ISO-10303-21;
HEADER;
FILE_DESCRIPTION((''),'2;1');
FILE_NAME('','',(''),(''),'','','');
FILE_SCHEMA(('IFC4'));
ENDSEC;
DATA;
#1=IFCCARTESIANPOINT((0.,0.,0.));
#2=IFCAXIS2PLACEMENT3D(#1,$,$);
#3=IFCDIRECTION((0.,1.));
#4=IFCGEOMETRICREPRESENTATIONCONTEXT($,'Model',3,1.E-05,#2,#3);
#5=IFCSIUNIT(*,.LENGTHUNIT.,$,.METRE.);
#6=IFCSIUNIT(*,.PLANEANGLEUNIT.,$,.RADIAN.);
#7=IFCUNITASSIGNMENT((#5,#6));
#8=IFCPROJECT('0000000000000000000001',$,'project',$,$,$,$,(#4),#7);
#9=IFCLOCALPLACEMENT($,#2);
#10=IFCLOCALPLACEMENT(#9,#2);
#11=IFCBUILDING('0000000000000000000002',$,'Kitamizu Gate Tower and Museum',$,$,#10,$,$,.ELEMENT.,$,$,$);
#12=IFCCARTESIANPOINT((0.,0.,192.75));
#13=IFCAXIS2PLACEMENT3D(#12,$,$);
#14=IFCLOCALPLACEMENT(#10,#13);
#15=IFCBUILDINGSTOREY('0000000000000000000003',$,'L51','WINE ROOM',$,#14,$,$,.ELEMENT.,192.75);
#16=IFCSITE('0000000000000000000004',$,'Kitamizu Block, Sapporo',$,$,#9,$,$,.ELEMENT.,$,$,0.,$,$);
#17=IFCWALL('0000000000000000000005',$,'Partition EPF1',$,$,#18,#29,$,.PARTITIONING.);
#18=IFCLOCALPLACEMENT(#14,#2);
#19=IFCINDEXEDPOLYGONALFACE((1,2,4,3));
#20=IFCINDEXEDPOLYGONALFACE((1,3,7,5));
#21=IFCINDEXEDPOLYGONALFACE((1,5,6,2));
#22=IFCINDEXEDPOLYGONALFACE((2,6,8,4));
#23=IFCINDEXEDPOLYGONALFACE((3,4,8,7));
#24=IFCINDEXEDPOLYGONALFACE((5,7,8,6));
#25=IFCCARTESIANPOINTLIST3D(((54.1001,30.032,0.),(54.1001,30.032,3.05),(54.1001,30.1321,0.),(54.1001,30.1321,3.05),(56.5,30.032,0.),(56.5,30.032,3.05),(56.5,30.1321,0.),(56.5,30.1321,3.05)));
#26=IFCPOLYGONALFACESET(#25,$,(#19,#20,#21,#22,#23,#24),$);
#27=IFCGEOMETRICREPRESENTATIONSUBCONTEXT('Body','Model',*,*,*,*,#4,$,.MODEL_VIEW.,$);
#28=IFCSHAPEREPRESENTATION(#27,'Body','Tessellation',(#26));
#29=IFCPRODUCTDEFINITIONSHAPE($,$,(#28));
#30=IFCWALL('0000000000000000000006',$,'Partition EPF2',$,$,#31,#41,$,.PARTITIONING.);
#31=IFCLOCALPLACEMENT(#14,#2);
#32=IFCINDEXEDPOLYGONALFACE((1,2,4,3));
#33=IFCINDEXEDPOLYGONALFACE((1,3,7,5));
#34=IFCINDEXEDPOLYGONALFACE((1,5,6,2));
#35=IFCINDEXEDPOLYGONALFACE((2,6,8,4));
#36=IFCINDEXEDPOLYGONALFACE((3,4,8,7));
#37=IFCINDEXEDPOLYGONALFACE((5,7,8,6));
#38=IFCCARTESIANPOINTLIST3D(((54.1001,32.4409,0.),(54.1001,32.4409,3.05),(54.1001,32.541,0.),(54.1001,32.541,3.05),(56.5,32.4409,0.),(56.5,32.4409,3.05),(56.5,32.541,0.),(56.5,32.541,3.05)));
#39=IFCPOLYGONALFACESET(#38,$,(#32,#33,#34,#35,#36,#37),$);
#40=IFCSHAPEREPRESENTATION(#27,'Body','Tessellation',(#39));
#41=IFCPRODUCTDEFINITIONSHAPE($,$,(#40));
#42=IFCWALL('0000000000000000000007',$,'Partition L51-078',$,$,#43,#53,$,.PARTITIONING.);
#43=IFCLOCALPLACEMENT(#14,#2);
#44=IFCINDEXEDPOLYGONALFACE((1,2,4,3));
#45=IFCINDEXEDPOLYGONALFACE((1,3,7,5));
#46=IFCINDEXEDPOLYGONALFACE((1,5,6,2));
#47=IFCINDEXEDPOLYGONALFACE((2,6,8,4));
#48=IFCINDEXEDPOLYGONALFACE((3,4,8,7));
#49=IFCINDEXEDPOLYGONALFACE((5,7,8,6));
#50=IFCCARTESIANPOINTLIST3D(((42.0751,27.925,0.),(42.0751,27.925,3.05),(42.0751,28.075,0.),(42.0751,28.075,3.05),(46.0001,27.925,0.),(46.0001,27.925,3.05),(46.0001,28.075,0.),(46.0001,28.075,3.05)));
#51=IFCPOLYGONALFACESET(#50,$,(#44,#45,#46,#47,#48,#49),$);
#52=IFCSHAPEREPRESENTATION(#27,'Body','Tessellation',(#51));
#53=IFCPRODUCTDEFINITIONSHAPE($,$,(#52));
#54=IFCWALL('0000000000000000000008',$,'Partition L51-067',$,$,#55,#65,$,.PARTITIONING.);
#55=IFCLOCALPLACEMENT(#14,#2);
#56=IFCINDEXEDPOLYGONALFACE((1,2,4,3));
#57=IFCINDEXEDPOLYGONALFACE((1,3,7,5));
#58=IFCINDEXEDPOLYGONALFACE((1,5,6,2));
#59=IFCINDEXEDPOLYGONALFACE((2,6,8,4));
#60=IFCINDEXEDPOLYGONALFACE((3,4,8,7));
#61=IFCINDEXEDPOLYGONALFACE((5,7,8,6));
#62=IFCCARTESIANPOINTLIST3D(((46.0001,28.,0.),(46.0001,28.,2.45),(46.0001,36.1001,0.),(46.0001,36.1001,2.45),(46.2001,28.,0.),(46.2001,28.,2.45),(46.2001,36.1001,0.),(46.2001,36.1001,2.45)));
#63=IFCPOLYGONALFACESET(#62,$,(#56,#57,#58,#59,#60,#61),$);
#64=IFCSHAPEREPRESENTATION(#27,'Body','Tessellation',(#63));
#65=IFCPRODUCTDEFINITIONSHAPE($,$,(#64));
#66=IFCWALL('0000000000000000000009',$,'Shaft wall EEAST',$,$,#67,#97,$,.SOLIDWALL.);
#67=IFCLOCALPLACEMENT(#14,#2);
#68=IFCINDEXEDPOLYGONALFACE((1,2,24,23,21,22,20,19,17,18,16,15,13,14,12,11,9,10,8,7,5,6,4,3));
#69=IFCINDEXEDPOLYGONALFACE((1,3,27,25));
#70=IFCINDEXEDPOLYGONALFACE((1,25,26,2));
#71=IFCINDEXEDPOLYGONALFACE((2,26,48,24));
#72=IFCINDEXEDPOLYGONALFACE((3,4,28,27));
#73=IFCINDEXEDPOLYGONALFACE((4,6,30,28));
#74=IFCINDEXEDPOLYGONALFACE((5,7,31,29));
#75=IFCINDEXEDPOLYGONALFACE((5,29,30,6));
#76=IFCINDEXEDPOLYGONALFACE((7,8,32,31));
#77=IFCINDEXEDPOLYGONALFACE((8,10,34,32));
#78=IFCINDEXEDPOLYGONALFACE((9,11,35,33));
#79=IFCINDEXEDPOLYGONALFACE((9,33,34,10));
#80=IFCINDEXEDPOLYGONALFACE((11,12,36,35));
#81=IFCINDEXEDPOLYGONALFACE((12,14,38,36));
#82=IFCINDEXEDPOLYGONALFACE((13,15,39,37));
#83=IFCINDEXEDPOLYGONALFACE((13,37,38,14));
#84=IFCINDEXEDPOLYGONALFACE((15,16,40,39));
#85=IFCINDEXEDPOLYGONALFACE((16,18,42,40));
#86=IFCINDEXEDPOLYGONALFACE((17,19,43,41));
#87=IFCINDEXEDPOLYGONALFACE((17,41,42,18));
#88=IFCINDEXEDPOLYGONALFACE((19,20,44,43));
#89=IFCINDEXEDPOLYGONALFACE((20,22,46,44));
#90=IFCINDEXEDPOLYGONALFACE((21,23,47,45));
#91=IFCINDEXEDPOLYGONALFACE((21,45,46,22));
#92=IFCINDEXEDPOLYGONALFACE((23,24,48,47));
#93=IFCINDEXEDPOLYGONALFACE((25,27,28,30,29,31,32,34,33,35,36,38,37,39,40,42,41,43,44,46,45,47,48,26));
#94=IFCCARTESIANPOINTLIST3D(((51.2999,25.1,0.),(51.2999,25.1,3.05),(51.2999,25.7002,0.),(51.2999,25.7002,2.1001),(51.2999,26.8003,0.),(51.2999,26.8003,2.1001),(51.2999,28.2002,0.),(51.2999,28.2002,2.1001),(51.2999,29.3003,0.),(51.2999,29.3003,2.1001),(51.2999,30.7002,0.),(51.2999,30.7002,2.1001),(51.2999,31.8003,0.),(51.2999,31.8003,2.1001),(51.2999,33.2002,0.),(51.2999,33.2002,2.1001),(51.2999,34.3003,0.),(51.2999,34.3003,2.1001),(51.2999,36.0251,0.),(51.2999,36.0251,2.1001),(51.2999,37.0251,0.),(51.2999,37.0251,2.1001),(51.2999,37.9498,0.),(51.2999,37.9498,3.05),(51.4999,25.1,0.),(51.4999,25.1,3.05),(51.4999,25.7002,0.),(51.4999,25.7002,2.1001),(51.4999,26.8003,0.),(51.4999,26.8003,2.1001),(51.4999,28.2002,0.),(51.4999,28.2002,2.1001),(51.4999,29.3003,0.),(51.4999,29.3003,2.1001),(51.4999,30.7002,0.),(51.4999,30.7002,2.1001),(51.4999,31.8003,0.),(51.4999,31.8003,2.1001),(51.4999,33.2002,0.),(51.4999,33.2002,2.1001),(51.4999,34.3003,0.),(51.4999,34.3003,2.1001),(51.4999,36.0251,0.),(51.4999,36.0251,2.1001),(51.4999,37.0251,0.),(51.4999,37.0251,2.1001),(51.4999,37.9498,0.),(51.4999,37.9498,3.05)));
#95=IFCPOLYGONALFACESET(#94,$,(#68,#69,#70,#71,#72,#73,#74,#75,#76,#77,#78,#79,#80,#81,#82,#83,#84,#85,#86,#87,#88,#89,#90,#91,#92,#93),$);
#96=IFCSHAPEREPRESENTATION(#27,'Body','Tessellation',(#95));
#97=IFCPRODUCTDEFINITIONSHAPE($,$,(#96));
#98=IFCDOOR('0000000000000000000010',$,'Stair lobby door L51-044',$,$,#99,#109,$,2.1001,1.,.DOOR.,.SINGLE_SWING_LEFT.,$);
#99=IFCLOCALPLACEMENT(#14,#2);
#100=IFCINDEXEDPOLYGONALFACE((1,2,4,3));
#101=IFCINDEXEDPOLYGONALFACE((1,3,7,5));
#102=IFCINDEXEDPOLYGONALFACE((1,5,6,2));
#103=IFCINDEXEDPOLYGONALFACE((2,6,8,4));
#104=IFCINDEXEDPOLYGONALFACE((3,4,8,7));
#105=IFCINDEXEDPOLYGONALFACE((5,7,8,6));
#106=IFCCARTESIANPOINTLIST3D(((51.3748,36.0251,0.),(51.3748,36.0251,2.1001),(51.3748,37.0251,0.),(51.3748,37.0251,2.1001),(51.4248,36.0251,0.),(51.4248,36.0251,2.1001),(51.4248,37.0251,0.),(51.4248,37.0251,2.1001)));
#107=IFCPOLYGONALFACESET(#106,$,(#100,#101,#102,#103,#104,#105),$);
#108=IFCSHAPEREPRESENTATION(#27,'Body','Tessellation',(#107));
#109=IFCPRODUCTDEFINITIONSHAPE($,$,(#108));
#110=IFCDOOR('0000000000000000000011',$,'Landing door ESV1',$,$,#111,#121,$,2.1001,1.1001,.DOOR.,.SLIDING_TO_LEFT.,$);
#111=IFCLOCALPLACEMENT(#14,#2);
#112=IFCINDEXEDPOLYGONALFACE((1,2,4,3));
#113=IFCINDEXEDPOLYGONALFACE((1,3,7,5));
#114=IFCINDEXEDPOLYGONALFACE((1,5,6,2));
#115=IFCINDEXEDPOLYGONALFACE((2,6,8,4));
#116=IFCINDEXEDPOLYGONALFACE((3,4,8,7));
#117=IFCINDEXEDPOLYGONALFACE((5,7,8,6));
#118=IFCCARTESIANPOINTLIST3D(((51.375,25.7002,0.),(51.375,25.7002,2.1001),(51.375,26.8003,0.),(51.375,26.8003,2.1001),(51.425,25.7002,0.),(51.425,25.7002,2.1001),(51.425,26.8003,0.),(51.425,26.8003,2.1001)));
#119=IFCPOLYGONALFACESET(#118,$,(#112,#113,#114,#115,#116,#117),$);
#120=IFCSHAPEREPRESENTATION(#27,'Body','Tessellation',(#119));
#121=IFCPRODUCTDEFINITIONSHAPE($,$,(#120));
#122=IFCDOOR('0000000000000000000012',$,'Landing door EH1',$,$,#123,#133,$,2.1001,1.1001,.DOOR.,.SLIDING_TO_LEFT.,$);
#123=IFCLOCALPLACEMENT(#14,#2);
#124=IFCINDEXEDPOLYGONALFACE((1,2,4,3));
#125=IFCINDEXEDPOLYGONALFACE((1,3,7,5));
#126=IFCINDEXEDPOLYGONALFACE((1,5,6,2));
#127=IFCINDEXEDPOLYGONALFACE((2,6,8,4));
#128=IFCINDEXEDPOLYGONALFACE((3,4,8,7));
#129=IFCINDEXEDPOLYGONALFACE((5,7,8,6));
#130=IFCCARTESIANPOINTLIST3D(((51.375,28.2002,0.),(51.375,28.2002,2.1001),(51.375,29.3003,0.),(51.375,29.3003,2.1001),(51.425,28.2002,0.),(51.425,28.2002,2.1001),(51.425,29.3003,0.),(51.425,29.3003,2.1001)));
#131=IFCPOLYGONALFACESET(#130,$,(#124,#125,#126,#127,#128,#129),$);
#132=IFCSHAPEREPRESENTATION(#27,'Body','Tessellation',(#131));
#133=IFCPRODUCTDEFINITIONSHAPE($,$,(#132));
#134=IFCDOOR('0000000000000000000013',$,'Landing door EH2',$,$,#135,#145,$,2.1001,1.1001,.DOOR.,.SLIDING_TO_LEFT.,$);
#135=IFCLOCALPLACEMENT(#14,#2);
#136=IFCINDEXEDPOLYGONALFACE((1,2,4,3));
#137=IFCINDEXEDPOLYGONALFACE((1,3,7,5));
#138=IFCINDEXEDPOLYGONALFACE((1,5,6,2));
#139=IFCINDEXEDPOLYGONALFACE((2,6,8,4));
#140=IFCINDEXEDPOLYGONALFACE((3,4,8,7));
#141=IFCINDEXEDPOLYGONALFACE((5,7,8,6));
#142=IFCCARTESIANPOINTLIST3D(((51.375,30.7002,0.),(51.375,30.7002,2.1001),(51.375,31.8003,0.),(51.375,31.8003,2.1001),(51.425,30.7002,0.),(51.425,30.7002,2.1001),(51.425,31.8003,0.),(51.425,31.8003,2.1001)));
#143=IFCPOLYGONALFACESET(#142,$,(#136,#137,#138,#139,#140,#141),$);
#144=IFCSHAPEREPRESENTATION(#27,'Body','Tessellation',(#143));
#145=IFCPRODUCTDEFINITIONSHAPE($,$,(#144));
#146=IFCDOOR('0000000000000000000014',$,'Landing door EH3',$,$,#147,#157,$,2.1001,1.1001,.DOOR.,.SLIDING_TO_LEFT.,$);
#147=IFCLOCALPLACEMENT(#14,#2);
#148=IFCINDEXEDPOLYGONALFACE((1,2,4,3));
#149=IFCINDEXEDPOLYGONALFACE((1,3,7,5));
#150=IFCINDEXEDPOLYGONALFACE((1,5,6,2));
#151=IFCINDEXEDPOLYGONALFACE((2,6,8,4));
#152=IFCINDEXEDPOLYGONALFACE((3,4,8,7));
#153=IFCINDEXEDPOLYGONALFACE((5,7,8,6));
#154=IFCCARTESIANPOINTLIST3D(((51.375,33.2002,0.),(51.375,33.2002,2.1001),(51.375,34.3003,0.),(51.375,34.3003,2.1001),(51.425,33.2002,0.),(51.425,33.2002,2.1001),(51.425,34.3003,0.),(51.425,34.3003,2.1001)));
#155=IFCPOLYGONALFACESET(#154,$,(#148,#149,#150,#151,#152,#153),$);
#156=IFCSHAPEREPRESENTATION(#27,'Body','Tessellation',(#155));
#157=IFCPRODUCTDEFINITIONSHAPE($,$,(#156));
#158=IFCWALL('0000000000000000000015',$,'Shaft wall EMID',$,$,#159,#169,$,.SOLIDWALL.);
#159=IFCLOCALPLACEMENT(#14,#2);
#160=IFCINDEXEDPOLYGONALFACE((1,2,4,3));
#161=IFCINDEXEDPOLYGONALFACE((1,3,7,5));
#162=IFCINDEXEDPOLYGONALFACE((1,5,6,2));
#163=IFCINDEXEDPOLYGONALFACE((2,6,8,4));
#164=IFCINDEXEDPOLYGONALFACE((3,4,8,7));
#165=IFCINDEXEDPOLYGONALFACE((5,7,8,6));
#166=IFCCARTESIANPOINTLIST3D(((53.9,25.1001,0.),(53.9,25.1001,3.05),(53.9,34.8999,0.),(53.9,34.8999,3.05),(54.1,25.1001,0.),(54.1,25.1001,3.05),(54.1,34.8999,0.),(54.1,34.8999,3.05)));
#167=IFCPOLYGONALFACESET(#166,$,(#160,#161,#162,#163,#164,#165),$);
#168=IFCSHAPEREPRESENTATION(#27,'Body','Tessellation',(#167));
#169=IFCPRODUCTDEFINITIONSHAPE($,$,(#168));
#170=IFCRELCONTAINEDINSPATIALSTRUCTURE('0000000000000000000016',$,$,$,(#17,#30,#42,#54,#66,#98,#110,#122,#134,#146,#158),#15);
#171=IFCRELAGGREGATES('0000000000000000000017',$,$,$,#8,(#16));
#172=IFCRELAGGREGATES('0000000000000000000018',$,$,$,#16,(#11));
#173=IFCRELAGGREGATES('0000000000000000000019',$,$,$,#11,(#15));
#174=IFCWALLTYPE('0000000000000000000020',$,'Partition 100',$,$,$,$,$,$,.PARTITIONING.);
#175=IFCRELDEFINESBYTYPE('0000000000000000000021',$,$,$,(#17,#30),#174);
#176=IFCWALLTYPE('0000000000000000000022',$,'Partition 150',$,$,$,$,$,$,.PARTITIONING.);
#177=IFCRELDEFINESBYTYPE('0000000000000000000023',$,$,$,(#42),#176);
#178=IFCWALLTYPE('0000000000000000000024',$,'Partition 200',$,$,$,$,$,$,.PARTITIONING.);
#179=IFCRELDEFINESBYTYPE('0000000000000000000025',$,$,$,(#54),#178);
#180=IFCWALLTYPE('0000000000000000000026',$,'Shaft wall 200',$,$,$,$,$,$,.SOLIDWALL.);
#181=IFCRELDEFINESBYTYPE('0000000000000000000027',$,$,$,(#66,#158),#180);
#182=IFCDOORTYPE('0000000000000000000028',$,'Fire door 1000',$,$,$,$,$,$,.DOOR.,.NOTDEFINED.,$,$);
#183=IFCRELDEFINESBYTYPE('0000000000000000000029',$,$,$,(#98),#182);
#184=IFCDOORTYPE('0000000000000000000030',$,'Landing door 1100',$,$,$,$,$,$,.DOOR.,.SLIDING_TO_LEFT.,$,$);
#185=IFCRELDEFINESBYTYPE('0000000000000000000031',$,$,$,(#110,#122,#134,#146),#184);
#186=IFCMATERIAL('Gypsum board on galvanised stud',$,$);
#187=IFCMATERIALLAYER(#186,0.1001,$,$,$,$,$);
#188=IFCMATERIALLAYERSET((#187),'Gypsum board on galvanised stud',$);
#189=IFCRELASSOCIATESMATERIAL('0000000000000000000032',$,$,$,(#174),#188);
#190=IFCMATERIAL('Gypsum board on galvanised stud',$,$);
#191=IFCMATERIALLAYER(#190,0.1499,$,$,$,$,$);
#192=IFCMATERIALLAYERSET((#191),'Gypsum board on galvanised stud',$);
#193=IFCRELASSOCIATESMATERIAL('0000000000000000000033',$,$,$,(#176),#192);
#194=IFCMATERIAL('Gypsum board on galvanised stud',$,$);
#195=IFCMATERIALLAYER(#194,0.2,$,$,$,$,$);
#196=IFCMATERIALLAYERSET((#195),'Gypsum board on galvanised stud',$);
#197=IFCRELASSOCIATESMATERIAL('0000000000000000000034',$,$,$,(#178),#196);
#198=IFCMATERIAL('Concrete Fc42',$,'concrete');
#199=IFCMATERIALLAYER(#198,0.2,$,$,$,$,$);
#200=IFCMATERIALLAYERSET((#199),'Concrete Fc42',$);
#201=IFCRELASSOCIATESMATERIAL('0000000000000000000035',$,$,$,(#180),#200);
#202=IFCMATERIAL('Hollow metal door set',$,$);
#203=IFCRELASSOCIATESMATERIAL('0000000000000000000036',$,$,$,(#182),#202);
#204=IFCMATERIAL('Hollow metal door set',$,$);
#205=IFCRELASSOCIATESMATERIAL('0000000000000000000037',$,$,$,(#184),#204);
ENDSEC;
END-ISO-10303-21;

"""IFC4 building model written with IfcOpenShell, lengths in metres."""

from ifc_helpers import new_model, si_unit, direction, frame, frame_2d, origin, place, context, subcontext, project, spatial, rectangle, extrude, material, layer, layer_set, type_object, element, fill, save


model = new_model("IFC4")

# Units and contexts
model_context = context("Model", 3, precision=1e-05, world=origin(), true_north=direction((0.0, 1.0)))
body_context = subcontext(model_context, "Body", "Model", "MODEL_VIEW")
ifc_project = project(units=[si_unit("LENGTHUNIT", "METRE"), si_unit("PLANEANGLEUNIT", "RADIAN")], contexts=[model_context])

# Site, building, storey
site_placement = place(None, origin())
site = spatial("IfcSite", under=ifc_project, at=site_placement, Name="Kitamizu Block, Sapporo", CompositionType="ELEMENT", RefElevation=0.0)
building_placement = place(site_placement, origin())
building = spatial("IfcBuilding", under=site, at=building_placement, Name="Kitamizu Gate Tower and Museum", CompositionType="ELEMENT")
storey_placement = place(building_placement, frame((0.0, 0.0, 192.75)))
storey = spatial("IfcBuildingStorey", under=building, at=storey_placement, Name="L51", Description="WINE ROOM", CompositionType="ELEMENT", Elevation=192.75)

# Walls
ifc_material_1 = material(Name="Gypsum board on galvanised stud")
ifc_layer_1 = layer(ifc_material_1, 0.1001)
ifc_layer_set_1 = layer_set([ifc_layer_1], Name="Gypsum board on galvanised stud")
wall_type_1 = type_object("IfcWallType", Name="Partition 100", PredefinedType="PARTITIONING", material=ifc_layer_set_1)
for number, where, z_axis, x_axis, name in (
    (1, (56.5, 30.082, 0.0), (0.0, 0.0, 1.0), (-1.0, 0.0, 0.0), "Partition EPF1"),
    (2, (56.5, 32.491, 0.0), (0.0, 0.0, 1.0), (-1.0, 0.0, 0.0), "Partition EPF2"),
):
    element("IfcWall", number, at=place(storey_placement, frame(where, z_axis=z_axis, x_axis=x_axis)), inside=storey, type_object=wall_type_1, Name=name, PredefinedType="PARTITIONING", context=body_context, shape_type="SweptSolid", body=[
        extrude(rectangle(XDim=2.3999, YDim=0.1001, at=frame_2d((1.2, 0.0))), origin(), (0.0, 0.0, 1.0), 3.05),
    ])
ifc_material_2 = material(Name="Gypsum board on galvanised stud")
ifc_layer_2 = layer(ifc_material_2, 0.1499)
ifc_layer_set_2 = layer_set([ifc_layer_2], Name="Gypsum board on galvanised stud")
wall_type_2 = type_object("IfcWallType", Name="Partition 150", PredefinedType="PARTITIONING", material=ifc_layer_set_2)
wall_1_placement = place(storey_placement, frame((46.0, 28.0, 0.0), z_axis=(0.0, 0.0, 1.0), x_axis=(-1.0, 0.0, 0.0)))
element("IfcWall", 3, at=wall_1_placement, inside=storey, type_object=wall_type_2, Name="Partition L51-078", PredefinedType="PARTITIONING", context=body_context, shape_type="SweptSolid", body=[
    extrude(rectangle(XDim=3.925, YDim=0.1499, at=frame_2d((1.9624, 0.0))), origin(), (0.0, 0.0, 1.0), 3.05),
])
ifc_material_3 = material(Name="Gypsum board on galvanised stud")
ifc_layer_3 = layer(ifc_material_3, 0.2)
ifc_layer_set_3 = layer_set([ifc_layer_3], Name="Gypsum board on galvanised stud")
wall_type_3 = type_object("IfcWallType", Name="Partition 200", PredefinedType="PARTITIONING", material=ifc_layer_set_3)
wall_2_placement = place(storey_placement, frame((46.1001, 28.0, 0.0), z_axis=(0.0, 0.0, 1.0), x_axis=(0.0, 1.0, 0.0)))
element("IfcWall", 4, at=wall_2_placement, inside=storey, type_object=wall_type_3, Name="Partition L51-067", PredefinedType="PARTITIONING", context=body_context, shape_type="SweptSolid", body=[
    extrude(rectangle(XDim=8.1001, YDim=0.2, at=frame_2d((4.05, 0.0))), origin(), (0.0, 0.0, 1.0), 2.45),
])

# Wall, openings, doors
ifc_material_4 = material(Name="Concrete Fc42", Category="concrete")
ifc_layer_4 = layer(ifc_material_4, 0.2)
ifc_layer_set_4 = layer_set([ifc_layer_4], Name="Concrete Fc42")
wall_type_4 = type_object("IfcWallType", Name="Shaft wall 200", PredefinedType="SOLIDWALL", material=ifc_layer_set_4)
wall_3_placement = place(storey_placement, frame((51.3999, 25.1001, 0.0), z_axis=(0.0, 0.0, 1.0), x_axis=(0.0, 1.0, 0.0)))
wall_3 = element("IfcWall", 5, at=wall_3_placement, inside=storey, type_object=wall_type_4, Name="Shaft wall EEAST", PredefinedType="SOLIDWALL", context=body_context, shape_type="SweptSolid", body=[
    extrude(rectangle(XDim=12.8499, YDim=0.2, at=frame_2d((6.4248, 0.0))), origin(), (0.0, 0.0, 1.0), 3.05),
])
opening_1_placement = place(wall_3_placement, frame((0.6001, 0.0, 0.0)))
opening_1 = element("IfcOpeningElement", 6, at=opening_1_placement, cuts=wall_3, PredefinedType="OPENING", context=body_context, shape_type="SweptSolid", body=[
    extrude(rectangle(XDim=1.1001, YDim=2.1001, at=frame_2d((0.55, 1.05))), frame((0.0, 0.1099, 0.0), z_axis=(0.0, -1.0, 0.0), x_axis=(1.0, 0.0, 0.0)), (0.0, 0.0, 1.0), 0.22),
])
opening_2_placement = place(wall_3_placement, frame((3.1001, 0.0, 0.0)))
opening_2 = element("IfcOpeningElement", 7, at=opening_2_placement, cuts=wall_3, PredefinedType="OPENING", context=body_context, shape_type="SweptSolid", body=[
    extrude(rectangle(XDim=1.1001, YDim=2.1001, at=frame_2d((0.55, 1.05))), frame((0.0, 0.1099, 0.0), z_axis=(0.0, -1.0, 0.0), x_axis=(1.0, 0.0, 0.0)), (0.0, 0.0, 1.0), 0.22),
])
opening_3_placement = place(wall_3_placement, frame((5.6001, 0.0, 0.0)))
opening_3 = element("IfcOpeningElement", 8, at=opening_3_placement, cuts=wall_3, PredefinedType="OPENING", context=body_context, shape_type="SweptSolid", body=[
    extrude(rectangle(XDim=1.1001, YDim=2.1001, at=frame_2d((0.55, 1.05))), frame((0.0, 0.1099, 0.0), z_axis=(0.0, -1.0, 0.0), x_axis=(1.0, 0.0, 0.0)), (0.0, 0.0, 1.0), 0.22),
])
opening_4_placement = place(wall_3_placement, frame((8.1001, 0.0, 0.0)))
opening_4 = element("IfcOpeningElement", 9, at=opening_4_placement, cuts=wall_3, PredefinedType="OPENING", context=body_context, shape_type="SweptSolid", body=[
    extrude(rectangle(XDim=1.1001, YDim=2.1001, at=frame_2d((0.55, 1.05))), frame((0.0, 0.1099, 0.0), z_axis=(0.0, -1.0, 0.0), x_axis=(1.0, 0.0, 0.0)), (0.0, 0.0, 1.0), 0.22),
])
opening_5_placement = place(wall_3_placement, frame((10.925, 0.0, 0.0)))
opening_5 = element("IfcOpeningElement", 10, at=opening_5_placement, cuts=wall_3, PredefinedType="OPENING", context=body_context, shape_type="SweptSolid", body=[
    extrude(rectangle(XDim=1.0, YDim=2.1001, at=frame_2d((0.5, 1.05))), frame((0.0, 0.1099, 0.0), z_axis=(0.0, -1.0, 0.0), x_axis=(1.0, 0.0, 0.0)), (0.0, 0.0, 1.0), 0.22),
])
ifc_material_5 = material(Name="Hollow metal door set")
door_type_1 = type_object("IfcDoorType", Name="Fire door 1000", OperationType="NOTDEFINED", PredefinedType="DOOR", material=ifc_material_5)
door_1_placement = place(opening_5_placement, frame((1.0, 0.0, 0.0), x_axis=(-1.0, 0.0, 0.0)))
door_1 = element("IfcDoor", 11, at=door_1_placement, inside=storey, type_object=door_type_1, Name="Stair lobby door L51-044", OperationType="SINGLE_SWING_LEFT", OverallHeight=2.1001, OverallWidth=1.0, PredefinedType="DOOR", context=body_context, shape_type="SweptSolid", body=[
    extrude(rectangle(XDim=1.0, YDim=2.1001, at=frame_2d((0.5, 1.05))), frame((0.0, 0.0249, 0.0), z_axis=(0.0, -1.0, 0.0), x_axis=(1.0, 0.0, 0.0)), (0.0, 0.0, 1.0), 0.05),
])
fill(opening_5, door_1)
ifc_material_6 = material(Name="Hollow metal door set")
door_type_2 = type_object("IfcDoorType", Name="Landing door 1100", OperationType="SLIDING_TO_LEFT", PredefinedType="DOOR", material=ifc_material_6)
door_2_placement = place(opening_1_placement, origin())
door_2 = element("IfcDoor", 12, at=door_2_placement, inside=storey, type_object=door_type_2, Name="Landing door ESV1", OperationType="SLIDING_TO_LEFT", OverallHeight=2.1001, OverallWidth=1.1001, PredefinedType="DOOR", context=body_context, shape_type="SweptSolid", body=[
    extrude(rectangle(XDim=1.1001, YDim=2.1001, at=frame_2d((0.55, 1.05))), frame((0.0, 0.0249, 0.0), z_axis=(0.0, -1.0, 0.0), x_axis=(1.0, 0.0, 0.0)), (0.0, 0.0, 1.0), 0.05),
])
fill(opening_1, door_2)
door_3_placement = place(opening_2_placement, origin())
door_3 = element("IfcDoor", 13, at=door_3_placement, inside=storey, type_object=door_type_2, Name="Landing door EH1", OperationType="SLIDING_TO_LEFT", OverallHeight=2.1001, OverallWidth=1.1001, PredefinedType="DOOR", context=body_context, shape_type="SweptSolid", body=[
    extrude(rectangle(XDim=1.1001, YDim=2.1001, at=frame_2d((0.55, 1.05))), frame((0.0, 0.0249, 0.0), z_axis=(0.0, -1.0, 0.0), x_axis=(1.0, 0.0, 0.0)), (0.0, 0.0, 1.0), 0.05),
])
fill(opening_2, door_3)
door_4_placement = place(opening_3_placement, origin())
door_4 = element("IfcDoor", 14, at=door_4_placement, inside=storey, type_object=door_type_2, Name="Landing door EH2", OperationType="SLIDING_TO_LEFT", OverallHeight=2.1001, OverallWidth=1.1001, PredefinedType="DOOR", context=body_context, shape_type="SweptSolid", body=[
    extrude(rectangle(XDim=1.1001, YDim=2.1001, at=frame_2d((0.55, 1.05))), frame((0.0, 0.0249, 0.0), z_axis=(0.0, -1.0, 0.0), x_axis=(1.0, 0.0, 0.0)), (0.0, 0.0, 1.0), 0.05),
])
fill(opening_3, door_4)
door_5_placement = place(opening_4_placement, origin())
door_5 = element("IfcDoor", 15, at=door_5_placement, inside=storey, type_object=door_type_2, Name="Landing door EH3", OperationType="SLIDING_TO_LEFT", OverallHeight=2.1001, OverallWidth=1.1001, PredefinedType="DOOR", context=body_context, shape_type="SweptSolid", body=[
    extrude(rectangle(XDim=1.1001, YDim=2.1001, at=frame_2d((0.55, 1.05))), frame((0.0, 0.0249, 0.0), z_axis=(0.0, -1.0, 0.0), x_axis=(1.0, 0.0, 0.0)), (0.0, 0.0, 1.0), 0.05),
])
fill(opening_4, door_5)

# Wall
wall_4_placement = place(storey_placement, frame((54.0, 25.1001, 0.0), z_axis=(0.0, 0.0, 1.0), x_axis=(0.0, 1.0, 0.0)))
element("IfcWall", 16, at=wall_4_placement, inside=storey, type_object=wall_type_4, Name="Shaft wall EMID", PredefinedType="SOLIDWALL", context=body_context, shape_type="SweptSolid", body=[
    extrude(rectangle(XDim=9.7998, YDim=0.2, at=frame_2d((4.8999, 0.0))), origin(), (0.0, 0.0, 1.0), 3.05),
])

save(model, "model.ifc")
